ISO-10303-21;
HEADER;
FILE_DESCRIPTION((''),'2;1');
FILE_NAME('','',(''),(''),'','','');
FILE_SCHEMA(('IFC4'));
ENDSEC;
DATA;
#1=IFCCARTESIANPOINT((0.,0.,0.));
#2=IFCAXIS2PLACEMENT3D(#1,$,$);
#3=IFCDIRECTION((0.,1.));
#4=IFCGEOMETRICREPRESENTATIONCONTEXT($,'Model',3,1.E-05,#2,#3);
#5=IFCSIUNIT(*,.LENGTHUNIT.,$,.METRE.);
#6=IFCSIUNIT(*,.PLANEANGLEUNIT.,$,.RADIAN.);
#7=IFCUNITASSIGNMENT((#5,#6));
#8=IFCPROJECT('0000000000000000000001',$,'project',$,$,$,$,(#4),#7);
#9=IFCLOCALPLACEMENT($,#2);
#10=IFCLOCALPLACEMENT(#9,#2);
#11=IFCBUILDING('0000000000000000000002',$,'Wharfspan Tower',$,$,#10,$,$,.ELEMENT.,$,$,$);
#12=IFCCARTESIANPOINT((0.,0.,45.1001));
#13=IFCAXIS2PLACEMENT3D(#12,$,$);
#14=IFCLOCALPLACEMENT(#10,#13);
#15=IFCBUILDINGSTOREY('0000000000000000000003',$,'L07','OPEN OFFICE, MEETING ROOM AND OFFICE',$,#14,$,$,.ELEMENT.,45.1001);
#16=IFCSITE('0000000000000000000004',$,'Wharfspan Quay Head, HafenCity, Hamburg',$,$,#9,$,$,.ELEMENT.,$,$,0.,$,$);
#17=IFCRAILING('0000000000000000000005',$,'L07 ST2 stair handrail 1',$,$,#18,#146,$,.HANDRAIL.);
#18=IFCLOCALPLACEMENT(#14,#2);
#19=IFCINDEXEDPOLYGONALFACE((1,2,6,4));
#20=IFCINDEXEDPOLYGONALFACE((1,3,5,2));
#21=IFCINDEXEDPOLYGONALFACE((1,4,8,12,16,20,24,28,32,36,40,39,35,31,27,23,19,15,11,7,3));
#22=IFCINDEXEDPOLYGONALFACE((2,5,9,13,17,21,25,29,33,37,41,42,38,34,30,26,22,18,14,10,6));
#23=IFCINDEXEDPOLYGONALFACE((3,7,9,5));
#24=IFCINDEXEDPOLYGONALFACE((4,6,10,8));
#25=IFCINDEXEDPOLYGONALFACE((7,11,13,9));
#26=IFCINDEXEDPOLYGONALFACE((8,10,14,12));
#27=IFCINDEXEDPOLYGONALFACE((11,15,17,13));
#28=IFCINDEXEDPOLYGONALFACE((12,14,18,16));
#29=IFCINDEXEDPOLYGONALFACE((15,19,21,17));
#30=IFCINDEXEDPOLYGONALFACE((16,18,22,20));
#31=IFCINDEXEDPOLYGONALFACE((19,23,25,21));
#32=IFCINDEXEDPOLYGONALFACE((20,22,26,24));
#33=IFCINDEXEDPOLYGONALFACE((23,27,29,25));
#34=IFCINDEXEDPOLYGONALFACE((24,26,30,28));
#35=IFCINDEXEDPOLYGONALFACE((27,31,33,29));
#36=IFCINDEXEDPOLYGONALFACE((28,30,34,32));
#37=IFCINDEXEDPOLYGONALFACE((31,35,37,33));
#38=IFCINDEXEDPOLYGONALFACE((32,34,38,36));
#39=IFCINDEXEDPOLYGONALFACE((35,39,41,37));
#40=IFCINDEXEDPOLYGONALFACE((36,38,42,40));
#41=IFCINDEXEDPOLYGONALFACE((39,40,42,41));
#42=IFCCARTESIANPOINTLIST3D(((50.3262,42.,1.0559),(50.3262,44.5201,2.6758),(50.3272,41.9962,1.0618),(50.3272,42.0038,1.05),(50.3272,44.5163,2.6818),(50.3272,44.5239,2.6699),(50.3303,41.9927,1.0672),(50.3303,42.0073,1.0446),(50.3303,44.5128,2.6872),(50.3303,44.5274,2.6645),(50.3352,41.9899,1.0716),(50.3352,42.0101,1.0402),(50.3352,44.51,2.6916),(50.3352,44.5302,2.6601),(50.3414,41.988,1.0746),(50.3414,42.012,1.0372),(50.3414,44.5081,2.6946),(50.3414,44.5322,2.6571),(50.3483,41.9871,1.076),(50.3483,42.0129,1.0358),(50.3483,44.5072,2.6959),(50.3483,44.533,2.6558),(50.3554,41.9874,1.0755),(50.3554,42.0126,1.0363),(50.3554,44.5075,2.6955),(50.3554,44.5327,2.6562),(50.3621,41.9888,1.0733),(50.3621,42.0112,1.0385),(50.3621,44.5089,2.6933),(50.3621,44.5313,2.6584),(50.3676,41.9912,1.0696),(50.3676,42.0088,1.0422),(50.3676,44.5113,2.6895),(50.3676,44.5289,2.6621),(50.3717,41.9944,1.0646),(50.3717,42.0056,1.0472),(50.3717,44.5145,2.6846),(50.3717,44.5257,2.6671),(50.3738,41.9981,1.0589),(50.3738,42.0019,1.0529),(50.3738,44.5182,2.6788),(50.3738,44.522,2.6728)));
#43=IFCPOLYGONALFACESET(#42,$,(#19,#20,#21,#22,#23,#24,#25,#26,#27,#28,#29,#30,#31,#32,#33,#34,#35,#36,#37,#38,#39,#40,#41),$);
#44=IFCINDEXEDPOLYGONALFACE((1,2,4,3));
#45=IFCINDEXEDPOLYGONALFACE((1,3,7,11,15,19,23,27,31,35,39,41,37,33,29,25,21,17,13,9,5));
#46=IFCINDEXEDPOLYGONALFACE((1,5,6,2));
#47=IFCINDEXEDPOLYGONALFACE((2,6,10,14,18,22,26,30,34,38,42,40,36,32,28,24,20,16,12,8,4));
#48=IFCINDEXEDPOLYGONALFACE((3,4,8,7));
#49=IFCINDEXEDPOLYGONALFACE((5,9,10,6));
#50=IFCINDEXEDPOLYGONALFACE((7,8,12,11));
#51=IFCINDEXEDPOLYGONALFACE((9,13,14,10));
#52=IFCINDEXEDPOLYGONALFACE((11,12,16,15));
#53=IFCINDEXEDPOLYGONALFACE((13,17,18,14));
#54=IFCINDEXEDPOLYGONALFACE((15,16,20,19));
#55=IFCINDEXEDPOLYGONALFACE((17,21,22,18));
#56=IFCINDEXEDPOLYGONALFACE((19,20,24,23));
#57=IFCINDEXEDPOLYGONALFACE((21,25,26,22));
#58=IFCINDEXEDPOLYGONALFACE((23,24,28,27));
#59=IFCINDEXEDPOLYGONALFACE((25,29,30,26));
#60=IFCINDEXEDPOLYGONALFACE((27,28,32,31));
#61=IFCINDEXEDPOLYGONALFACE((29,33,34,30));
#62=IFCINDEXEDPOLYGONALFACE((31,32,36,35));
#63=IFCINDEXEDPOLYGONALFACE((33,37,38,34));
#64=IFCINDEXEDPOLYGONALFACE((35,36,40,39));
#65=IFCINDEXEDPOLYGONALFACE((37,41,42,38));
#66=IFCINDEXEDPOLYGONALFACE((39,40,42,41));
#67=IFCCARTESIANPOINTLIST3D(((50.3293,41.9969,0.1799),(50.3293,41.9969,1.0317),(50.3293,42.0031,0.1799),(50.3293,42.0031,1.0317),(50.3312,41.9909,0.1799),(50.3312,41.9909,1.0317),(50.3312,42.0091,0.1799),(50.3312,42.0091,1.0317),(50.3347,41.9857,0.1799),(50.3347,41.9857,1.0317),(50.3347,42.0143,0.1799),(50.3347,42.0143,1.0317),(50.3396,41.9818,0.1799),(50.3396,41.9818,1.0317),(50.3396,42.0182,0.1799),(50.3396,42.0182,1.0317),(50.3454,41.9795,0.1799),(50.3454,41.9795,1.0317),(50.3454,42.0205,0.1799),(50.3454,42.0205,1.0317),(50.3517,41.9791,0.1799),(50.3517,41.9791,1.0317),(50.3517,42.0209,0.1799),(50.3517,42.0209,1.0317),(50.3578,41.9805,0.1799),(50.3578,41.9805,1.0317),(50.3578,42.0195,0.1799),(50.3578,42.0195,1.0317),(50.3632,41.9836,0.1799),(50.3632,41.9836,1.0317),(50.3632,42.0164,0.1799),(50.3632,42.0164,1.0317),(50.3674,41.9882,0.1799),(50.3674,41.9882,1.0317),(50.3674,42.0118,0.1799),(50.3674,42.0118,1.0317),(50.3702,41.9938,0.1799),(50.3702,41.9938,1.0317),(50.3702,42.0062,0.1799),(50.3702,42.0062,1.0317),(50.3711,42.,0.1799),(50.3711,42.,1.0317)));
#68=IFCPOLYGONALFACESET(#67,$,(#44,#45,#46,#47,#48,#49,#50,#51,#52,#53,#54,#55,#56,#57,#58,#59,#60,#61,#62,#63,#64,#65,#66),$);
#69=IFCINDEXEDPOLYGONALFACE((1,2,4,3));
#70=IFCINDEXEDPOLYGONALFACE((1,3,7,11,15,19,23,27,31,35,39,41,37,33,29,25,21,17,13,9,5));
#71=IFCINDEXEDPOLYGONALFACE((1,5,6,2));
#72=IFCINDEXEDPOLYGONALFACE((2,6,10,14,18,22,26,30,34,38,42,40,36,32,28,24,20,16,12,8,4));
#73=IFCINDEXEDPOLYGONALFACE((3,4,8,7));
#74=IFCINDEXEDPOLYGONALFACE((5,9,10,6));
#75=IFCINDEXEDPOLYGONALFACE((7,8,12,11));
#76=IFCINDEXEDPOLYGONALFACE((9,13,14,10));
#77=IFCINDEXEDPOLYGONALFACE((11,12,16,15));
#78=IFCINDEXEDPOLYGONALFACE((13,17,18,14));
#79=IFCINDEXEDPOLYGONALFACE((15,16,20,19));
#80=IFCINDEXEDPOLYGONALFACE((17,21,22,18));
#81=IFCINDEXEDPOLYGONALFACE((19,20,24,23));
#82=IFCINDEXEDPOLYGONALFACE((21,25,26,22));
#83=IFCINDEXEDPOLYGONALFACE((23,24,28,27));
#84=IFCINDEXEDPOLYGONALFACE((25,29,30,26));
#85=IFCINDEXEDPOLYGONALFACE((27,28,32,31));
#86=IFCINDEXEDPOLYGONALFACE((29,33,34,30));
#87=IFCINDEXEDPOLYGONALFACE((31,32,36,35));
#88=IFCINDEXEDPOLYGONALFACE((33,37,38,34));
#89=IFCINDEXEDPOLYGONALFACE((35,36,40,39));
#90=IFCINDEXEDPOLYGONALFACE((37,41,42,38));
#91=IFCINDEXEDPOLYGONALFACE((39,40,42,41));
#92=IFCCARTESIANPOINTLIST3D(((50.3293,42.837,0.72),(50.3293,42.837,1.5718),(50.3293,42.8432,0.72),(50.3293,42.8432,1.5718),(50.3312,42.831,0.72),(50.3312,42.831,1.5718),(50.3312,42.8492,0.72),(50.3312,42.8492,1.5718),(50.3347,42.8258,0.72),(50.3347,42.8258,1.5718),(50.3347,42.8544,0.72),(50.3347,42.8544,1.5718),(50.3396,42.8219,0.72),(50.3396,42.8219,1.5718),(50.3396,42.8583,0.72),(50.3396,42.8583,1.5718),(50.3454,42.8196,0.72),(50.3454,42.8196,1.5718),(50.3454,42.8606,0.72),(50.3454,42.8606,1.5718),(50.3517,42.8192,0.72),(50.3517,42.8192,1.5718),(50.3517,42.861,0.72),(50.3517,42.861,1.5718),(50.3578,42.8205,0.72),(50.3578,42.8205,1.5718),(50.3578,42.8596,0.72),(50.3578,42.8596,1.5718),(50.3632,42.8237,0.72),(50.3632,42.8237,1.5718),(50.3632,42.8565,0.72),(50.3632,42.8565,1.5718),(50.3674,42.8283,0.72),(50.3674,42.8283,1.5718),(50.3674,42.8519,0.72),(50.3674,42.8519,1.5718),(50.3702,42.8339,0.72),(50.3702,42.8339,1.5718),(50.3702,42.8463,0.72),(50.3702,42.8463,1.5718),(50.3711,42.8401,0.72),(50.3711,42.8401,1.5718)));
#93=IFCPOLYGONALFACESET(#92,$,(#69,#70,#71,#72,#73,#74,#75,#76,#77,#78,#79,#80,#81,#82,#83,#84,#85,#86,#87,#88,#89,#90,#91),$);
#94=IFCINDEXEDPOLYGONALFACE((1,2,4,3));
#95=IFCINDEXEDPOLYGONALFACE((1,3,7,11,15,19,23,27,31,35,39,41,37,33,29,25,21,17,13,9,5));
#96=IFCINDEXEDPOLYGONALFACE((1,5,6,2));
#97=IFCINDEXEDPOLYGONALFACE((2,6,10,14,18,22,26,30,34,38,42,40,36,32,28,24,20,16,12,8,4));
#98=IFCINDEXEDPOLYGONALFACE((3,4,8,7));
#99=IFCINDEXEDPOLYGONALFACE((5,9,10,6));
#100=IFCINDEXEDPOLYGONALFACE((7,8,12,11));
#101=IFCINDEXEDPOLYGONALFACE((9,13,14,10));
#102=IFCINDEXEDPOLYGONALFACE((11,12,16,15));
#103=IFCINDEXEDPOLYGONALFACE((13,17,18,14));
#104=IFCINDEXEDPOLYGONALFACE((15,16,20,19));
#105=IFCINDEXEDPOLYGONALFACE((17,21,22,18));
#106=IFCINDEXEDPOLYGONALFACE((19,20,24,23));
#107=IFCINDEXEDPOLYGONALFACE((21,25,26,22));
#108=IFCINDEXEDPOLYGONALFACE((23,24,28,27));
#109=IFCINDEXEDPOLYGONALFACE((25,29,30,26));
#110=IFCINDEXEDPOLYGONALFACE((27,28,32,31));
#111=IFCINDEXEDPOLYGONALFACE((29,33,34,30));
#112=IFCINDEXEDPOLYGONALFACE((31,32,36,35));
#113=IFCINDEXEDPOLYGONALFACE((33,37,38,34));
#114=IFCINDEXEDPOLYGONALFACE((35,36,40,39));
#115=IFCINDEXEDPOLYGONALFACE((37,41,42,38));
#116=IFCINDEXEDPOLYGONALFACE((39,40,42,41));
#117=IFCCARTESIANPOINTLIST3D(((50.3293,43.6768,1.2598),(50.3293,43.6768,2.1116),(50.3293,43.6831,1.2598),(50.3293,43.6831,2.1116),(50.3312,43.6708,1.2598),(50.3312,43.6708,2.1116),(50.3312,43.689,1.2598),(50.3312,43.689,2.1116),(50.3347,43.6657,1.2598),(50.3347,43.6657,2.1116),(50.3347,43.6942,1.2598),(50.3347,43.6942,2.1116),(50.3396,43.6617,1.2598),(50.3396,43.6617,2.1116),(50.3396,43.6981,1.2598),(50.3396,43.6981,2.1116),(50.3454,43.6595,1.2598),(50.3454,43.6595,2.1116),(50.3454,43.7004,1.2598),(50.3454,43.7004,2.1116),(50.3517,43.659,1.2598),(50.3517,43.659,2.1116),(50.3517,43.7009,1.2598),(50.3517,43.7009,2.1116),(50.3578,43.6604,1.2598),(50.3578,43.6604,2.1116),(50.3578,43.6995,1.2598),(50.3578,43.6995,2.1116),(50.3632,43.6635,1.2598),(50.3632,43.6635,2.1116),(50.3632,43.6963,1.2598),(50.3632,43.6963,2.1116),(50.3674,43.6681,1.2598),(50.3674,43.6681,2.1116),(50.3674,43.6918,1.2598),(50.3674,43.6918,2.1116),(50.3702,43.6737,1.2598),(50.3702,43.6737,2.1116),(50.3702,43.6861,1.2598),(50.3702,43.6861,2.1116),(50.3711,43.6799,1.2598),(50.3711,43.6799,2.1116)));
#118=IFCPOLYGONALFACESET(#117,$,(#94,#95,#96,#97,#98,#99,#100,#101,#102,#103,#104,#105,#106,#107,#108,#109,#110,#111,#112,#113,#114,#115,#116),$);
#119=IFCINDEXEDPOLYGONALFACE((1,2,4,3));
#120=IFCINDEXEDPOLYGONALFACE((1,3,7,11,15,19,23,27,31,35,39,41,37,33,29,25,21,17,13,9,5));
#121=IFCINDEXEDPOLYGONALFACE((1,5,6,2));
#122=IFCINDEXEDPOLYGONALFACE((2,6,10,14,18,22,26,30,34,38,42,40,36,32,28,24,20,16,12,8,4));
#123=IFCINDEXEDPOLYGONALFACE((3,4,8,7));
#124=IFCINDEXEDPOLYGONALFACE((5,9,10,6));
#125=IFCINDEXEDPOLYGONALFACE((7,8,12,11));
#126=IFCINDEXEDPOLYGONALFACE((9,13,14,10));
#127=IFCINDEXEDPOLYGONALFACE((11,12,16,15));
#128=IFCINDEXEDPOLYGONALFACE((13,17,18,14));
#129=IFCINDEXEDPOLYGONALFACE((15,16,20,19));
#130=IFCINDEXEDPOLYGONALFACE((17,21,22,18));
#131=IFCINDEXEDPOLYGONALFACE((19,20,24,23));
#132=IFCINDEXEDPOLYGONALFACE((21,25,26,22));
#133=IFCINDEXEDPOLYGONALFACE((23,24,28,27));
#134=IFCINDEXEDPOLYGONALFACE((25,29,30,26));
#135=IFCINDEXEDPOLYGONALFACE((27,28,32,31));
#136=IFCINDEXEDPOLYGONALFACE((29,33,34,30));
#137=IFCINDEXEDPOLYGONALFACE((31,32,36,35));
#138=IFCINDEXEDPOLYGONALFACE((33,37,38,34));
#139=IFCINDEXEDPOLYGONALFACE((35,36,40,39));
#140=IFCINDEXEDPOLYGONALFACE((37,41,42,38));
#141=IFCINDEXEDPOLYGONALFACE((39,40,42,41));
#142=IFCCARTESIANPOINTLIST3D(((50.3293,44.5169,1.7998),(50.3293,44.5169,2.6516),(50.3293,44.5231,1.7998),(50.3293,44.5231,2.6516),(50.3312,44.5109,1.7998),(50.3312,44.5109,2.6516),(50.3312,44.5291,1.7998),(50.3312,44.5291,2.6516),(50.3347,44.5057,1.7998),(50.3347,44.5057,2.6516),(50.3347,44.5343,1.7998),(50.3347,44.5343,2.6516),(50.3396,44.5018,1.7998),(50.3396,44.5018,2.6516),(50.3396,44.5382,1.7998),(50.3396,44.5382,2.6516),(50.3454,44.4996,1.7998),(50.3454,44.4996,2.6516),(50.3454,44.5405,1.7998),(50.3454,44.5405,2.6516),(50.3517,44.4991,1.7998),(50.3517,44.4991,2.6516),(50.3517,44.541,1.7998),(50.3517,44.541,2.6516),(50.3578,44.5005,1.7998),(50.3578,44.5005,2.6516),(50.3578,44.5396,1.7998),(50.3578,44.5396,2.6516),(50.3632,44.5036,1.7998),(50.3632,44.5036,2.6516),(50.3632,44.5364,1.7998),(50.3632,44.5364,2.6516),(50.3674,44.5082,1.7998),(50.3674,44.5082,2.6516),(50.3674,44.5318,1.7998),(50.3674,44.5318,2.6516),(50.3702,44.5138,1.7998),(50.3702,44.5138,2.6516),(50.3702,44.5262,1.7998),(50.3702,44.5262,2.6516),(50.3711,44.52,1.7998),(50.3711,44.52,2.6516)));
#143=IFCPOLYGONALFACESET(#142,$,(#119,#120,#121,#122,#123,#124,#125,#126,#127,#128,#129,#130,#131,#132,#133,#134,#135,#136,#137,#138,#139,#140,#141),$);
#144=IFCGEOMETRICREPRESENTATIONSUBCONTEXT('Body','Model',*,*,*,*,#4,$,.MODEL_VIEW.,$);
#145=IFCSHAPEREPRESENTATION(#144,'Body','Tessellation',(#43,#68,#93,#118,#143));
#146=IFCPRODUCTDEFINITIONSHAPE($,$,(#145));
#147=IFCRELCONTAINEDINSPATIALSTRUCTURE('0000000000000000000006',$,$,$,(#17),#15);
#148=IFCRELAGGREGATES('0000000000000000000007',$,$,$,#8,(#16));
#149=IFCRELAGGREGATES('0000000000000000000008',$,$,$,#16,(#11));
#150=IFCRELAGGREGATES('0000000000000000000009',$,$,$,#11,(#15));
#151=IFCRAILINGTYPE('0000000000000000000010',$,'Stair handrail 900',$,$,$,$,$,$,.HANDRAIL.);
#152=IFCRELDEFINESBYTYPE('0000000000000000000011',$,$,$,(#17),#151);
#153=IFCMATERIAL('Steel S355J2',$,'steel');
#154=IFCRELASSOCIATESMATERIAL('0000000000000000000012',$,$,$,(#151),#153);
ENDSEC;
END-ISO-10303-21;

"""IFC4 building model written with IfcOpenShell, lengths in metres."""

from ifc_helpers import new_model, si_unit, direction, frame, origin, origin_2d, place, context, subcontext, project, spatial, circle, extrude, material, type_object, element, save


model = new_model("IFC4")

# Units and contexts
model_context = context("Model", 3, precision=1e-05, world=origin(), true_north=direction((0.0, 1.0)))
body_context = subcontext(model_context, "Body", "Model", "MODEL_VIEW")
ifc_project = project(units=[si_unit("LENGTHUNIT", "METRE"), si_unit("PLANEANGLEUNIT", "RADIAN")], contexts=[model_context])

# Site, building, storey
site_placement = place(None, origin())
site = spatial("IfcSite", under=ifc_project, at=site_placement, Name="Wharfspan Quay Head, HafenCity, Hamburg", CompositionType="ELEMENT", RefElevation=0.0)
building_placement = place(site_placement, origin())
building = spatial("IfcBuilding", under=site, at=building_placement, Name="Wharfspan Tower", CompositionType="ELEMENT")
storey_placement = place(building_placement, frame((0.0, 0.0, 45.1001)))
storey = spatial("IfcBuildingStorey", under=building, at=storey_placement, Name="L07", Description="OPEN OFFICE, MEETING ROOM AND OFFICE", CompositionType="ELEMENT", Elevation=45.1001)

# Shared definitions
ifc_material_1 = material(Name="Steel S355J2", Category="steel")

# Railing
railing_type_1 = type_object("IfcRailingType", Name="Stair handrail 900", PredefinedType="HANDRAIL", material=ifc_material_1)
railing_1_placement = place(storey_placement, frame((50.3501, 42.0, 0.1799)))
element("IfcRailing", 1, at=railing_1_placement, inside=storey, type_object=railing_type_1, Name="L07 ST2 stair handrail 1", PredefinedType="HANDRAIL", context=body_context, shape_type="SweptSolid", body=[
    extrude(circle(Radius=0.0239, at=origin_2d()), frame((0.0, 0.0, 0.876), z_axis=(0.0, 0.8412, 0.540725), x_axis=(-1.0, 0.0, 0.0)), (0.0, 0.0, 1.0), 2.9958),
    extrude(circle(Radius=0.021, at=origin_2d()), origin(), (0.0, 0.0, 1.0), 0.8518),
    extrude(circle(Radius=0.021, at=origin_2d()), frame((0.0, 0.8401, 0.54)), (0.0, 0.0, 1.0), 0.8518),
    extrude(circle(Radius=0.021, at=origin_2d()), frame((0.0, 1.6799, 1.0798)), (0.0, 0.0, 1.0), 0.8518),
    extrude(circle(Radius=0.021, at=origin_2d()), frame((0.0, 2.52, 1.6199)), (0.0, 0.0, 1.0), 0.8518),
])

save(model, "model.ifc")
